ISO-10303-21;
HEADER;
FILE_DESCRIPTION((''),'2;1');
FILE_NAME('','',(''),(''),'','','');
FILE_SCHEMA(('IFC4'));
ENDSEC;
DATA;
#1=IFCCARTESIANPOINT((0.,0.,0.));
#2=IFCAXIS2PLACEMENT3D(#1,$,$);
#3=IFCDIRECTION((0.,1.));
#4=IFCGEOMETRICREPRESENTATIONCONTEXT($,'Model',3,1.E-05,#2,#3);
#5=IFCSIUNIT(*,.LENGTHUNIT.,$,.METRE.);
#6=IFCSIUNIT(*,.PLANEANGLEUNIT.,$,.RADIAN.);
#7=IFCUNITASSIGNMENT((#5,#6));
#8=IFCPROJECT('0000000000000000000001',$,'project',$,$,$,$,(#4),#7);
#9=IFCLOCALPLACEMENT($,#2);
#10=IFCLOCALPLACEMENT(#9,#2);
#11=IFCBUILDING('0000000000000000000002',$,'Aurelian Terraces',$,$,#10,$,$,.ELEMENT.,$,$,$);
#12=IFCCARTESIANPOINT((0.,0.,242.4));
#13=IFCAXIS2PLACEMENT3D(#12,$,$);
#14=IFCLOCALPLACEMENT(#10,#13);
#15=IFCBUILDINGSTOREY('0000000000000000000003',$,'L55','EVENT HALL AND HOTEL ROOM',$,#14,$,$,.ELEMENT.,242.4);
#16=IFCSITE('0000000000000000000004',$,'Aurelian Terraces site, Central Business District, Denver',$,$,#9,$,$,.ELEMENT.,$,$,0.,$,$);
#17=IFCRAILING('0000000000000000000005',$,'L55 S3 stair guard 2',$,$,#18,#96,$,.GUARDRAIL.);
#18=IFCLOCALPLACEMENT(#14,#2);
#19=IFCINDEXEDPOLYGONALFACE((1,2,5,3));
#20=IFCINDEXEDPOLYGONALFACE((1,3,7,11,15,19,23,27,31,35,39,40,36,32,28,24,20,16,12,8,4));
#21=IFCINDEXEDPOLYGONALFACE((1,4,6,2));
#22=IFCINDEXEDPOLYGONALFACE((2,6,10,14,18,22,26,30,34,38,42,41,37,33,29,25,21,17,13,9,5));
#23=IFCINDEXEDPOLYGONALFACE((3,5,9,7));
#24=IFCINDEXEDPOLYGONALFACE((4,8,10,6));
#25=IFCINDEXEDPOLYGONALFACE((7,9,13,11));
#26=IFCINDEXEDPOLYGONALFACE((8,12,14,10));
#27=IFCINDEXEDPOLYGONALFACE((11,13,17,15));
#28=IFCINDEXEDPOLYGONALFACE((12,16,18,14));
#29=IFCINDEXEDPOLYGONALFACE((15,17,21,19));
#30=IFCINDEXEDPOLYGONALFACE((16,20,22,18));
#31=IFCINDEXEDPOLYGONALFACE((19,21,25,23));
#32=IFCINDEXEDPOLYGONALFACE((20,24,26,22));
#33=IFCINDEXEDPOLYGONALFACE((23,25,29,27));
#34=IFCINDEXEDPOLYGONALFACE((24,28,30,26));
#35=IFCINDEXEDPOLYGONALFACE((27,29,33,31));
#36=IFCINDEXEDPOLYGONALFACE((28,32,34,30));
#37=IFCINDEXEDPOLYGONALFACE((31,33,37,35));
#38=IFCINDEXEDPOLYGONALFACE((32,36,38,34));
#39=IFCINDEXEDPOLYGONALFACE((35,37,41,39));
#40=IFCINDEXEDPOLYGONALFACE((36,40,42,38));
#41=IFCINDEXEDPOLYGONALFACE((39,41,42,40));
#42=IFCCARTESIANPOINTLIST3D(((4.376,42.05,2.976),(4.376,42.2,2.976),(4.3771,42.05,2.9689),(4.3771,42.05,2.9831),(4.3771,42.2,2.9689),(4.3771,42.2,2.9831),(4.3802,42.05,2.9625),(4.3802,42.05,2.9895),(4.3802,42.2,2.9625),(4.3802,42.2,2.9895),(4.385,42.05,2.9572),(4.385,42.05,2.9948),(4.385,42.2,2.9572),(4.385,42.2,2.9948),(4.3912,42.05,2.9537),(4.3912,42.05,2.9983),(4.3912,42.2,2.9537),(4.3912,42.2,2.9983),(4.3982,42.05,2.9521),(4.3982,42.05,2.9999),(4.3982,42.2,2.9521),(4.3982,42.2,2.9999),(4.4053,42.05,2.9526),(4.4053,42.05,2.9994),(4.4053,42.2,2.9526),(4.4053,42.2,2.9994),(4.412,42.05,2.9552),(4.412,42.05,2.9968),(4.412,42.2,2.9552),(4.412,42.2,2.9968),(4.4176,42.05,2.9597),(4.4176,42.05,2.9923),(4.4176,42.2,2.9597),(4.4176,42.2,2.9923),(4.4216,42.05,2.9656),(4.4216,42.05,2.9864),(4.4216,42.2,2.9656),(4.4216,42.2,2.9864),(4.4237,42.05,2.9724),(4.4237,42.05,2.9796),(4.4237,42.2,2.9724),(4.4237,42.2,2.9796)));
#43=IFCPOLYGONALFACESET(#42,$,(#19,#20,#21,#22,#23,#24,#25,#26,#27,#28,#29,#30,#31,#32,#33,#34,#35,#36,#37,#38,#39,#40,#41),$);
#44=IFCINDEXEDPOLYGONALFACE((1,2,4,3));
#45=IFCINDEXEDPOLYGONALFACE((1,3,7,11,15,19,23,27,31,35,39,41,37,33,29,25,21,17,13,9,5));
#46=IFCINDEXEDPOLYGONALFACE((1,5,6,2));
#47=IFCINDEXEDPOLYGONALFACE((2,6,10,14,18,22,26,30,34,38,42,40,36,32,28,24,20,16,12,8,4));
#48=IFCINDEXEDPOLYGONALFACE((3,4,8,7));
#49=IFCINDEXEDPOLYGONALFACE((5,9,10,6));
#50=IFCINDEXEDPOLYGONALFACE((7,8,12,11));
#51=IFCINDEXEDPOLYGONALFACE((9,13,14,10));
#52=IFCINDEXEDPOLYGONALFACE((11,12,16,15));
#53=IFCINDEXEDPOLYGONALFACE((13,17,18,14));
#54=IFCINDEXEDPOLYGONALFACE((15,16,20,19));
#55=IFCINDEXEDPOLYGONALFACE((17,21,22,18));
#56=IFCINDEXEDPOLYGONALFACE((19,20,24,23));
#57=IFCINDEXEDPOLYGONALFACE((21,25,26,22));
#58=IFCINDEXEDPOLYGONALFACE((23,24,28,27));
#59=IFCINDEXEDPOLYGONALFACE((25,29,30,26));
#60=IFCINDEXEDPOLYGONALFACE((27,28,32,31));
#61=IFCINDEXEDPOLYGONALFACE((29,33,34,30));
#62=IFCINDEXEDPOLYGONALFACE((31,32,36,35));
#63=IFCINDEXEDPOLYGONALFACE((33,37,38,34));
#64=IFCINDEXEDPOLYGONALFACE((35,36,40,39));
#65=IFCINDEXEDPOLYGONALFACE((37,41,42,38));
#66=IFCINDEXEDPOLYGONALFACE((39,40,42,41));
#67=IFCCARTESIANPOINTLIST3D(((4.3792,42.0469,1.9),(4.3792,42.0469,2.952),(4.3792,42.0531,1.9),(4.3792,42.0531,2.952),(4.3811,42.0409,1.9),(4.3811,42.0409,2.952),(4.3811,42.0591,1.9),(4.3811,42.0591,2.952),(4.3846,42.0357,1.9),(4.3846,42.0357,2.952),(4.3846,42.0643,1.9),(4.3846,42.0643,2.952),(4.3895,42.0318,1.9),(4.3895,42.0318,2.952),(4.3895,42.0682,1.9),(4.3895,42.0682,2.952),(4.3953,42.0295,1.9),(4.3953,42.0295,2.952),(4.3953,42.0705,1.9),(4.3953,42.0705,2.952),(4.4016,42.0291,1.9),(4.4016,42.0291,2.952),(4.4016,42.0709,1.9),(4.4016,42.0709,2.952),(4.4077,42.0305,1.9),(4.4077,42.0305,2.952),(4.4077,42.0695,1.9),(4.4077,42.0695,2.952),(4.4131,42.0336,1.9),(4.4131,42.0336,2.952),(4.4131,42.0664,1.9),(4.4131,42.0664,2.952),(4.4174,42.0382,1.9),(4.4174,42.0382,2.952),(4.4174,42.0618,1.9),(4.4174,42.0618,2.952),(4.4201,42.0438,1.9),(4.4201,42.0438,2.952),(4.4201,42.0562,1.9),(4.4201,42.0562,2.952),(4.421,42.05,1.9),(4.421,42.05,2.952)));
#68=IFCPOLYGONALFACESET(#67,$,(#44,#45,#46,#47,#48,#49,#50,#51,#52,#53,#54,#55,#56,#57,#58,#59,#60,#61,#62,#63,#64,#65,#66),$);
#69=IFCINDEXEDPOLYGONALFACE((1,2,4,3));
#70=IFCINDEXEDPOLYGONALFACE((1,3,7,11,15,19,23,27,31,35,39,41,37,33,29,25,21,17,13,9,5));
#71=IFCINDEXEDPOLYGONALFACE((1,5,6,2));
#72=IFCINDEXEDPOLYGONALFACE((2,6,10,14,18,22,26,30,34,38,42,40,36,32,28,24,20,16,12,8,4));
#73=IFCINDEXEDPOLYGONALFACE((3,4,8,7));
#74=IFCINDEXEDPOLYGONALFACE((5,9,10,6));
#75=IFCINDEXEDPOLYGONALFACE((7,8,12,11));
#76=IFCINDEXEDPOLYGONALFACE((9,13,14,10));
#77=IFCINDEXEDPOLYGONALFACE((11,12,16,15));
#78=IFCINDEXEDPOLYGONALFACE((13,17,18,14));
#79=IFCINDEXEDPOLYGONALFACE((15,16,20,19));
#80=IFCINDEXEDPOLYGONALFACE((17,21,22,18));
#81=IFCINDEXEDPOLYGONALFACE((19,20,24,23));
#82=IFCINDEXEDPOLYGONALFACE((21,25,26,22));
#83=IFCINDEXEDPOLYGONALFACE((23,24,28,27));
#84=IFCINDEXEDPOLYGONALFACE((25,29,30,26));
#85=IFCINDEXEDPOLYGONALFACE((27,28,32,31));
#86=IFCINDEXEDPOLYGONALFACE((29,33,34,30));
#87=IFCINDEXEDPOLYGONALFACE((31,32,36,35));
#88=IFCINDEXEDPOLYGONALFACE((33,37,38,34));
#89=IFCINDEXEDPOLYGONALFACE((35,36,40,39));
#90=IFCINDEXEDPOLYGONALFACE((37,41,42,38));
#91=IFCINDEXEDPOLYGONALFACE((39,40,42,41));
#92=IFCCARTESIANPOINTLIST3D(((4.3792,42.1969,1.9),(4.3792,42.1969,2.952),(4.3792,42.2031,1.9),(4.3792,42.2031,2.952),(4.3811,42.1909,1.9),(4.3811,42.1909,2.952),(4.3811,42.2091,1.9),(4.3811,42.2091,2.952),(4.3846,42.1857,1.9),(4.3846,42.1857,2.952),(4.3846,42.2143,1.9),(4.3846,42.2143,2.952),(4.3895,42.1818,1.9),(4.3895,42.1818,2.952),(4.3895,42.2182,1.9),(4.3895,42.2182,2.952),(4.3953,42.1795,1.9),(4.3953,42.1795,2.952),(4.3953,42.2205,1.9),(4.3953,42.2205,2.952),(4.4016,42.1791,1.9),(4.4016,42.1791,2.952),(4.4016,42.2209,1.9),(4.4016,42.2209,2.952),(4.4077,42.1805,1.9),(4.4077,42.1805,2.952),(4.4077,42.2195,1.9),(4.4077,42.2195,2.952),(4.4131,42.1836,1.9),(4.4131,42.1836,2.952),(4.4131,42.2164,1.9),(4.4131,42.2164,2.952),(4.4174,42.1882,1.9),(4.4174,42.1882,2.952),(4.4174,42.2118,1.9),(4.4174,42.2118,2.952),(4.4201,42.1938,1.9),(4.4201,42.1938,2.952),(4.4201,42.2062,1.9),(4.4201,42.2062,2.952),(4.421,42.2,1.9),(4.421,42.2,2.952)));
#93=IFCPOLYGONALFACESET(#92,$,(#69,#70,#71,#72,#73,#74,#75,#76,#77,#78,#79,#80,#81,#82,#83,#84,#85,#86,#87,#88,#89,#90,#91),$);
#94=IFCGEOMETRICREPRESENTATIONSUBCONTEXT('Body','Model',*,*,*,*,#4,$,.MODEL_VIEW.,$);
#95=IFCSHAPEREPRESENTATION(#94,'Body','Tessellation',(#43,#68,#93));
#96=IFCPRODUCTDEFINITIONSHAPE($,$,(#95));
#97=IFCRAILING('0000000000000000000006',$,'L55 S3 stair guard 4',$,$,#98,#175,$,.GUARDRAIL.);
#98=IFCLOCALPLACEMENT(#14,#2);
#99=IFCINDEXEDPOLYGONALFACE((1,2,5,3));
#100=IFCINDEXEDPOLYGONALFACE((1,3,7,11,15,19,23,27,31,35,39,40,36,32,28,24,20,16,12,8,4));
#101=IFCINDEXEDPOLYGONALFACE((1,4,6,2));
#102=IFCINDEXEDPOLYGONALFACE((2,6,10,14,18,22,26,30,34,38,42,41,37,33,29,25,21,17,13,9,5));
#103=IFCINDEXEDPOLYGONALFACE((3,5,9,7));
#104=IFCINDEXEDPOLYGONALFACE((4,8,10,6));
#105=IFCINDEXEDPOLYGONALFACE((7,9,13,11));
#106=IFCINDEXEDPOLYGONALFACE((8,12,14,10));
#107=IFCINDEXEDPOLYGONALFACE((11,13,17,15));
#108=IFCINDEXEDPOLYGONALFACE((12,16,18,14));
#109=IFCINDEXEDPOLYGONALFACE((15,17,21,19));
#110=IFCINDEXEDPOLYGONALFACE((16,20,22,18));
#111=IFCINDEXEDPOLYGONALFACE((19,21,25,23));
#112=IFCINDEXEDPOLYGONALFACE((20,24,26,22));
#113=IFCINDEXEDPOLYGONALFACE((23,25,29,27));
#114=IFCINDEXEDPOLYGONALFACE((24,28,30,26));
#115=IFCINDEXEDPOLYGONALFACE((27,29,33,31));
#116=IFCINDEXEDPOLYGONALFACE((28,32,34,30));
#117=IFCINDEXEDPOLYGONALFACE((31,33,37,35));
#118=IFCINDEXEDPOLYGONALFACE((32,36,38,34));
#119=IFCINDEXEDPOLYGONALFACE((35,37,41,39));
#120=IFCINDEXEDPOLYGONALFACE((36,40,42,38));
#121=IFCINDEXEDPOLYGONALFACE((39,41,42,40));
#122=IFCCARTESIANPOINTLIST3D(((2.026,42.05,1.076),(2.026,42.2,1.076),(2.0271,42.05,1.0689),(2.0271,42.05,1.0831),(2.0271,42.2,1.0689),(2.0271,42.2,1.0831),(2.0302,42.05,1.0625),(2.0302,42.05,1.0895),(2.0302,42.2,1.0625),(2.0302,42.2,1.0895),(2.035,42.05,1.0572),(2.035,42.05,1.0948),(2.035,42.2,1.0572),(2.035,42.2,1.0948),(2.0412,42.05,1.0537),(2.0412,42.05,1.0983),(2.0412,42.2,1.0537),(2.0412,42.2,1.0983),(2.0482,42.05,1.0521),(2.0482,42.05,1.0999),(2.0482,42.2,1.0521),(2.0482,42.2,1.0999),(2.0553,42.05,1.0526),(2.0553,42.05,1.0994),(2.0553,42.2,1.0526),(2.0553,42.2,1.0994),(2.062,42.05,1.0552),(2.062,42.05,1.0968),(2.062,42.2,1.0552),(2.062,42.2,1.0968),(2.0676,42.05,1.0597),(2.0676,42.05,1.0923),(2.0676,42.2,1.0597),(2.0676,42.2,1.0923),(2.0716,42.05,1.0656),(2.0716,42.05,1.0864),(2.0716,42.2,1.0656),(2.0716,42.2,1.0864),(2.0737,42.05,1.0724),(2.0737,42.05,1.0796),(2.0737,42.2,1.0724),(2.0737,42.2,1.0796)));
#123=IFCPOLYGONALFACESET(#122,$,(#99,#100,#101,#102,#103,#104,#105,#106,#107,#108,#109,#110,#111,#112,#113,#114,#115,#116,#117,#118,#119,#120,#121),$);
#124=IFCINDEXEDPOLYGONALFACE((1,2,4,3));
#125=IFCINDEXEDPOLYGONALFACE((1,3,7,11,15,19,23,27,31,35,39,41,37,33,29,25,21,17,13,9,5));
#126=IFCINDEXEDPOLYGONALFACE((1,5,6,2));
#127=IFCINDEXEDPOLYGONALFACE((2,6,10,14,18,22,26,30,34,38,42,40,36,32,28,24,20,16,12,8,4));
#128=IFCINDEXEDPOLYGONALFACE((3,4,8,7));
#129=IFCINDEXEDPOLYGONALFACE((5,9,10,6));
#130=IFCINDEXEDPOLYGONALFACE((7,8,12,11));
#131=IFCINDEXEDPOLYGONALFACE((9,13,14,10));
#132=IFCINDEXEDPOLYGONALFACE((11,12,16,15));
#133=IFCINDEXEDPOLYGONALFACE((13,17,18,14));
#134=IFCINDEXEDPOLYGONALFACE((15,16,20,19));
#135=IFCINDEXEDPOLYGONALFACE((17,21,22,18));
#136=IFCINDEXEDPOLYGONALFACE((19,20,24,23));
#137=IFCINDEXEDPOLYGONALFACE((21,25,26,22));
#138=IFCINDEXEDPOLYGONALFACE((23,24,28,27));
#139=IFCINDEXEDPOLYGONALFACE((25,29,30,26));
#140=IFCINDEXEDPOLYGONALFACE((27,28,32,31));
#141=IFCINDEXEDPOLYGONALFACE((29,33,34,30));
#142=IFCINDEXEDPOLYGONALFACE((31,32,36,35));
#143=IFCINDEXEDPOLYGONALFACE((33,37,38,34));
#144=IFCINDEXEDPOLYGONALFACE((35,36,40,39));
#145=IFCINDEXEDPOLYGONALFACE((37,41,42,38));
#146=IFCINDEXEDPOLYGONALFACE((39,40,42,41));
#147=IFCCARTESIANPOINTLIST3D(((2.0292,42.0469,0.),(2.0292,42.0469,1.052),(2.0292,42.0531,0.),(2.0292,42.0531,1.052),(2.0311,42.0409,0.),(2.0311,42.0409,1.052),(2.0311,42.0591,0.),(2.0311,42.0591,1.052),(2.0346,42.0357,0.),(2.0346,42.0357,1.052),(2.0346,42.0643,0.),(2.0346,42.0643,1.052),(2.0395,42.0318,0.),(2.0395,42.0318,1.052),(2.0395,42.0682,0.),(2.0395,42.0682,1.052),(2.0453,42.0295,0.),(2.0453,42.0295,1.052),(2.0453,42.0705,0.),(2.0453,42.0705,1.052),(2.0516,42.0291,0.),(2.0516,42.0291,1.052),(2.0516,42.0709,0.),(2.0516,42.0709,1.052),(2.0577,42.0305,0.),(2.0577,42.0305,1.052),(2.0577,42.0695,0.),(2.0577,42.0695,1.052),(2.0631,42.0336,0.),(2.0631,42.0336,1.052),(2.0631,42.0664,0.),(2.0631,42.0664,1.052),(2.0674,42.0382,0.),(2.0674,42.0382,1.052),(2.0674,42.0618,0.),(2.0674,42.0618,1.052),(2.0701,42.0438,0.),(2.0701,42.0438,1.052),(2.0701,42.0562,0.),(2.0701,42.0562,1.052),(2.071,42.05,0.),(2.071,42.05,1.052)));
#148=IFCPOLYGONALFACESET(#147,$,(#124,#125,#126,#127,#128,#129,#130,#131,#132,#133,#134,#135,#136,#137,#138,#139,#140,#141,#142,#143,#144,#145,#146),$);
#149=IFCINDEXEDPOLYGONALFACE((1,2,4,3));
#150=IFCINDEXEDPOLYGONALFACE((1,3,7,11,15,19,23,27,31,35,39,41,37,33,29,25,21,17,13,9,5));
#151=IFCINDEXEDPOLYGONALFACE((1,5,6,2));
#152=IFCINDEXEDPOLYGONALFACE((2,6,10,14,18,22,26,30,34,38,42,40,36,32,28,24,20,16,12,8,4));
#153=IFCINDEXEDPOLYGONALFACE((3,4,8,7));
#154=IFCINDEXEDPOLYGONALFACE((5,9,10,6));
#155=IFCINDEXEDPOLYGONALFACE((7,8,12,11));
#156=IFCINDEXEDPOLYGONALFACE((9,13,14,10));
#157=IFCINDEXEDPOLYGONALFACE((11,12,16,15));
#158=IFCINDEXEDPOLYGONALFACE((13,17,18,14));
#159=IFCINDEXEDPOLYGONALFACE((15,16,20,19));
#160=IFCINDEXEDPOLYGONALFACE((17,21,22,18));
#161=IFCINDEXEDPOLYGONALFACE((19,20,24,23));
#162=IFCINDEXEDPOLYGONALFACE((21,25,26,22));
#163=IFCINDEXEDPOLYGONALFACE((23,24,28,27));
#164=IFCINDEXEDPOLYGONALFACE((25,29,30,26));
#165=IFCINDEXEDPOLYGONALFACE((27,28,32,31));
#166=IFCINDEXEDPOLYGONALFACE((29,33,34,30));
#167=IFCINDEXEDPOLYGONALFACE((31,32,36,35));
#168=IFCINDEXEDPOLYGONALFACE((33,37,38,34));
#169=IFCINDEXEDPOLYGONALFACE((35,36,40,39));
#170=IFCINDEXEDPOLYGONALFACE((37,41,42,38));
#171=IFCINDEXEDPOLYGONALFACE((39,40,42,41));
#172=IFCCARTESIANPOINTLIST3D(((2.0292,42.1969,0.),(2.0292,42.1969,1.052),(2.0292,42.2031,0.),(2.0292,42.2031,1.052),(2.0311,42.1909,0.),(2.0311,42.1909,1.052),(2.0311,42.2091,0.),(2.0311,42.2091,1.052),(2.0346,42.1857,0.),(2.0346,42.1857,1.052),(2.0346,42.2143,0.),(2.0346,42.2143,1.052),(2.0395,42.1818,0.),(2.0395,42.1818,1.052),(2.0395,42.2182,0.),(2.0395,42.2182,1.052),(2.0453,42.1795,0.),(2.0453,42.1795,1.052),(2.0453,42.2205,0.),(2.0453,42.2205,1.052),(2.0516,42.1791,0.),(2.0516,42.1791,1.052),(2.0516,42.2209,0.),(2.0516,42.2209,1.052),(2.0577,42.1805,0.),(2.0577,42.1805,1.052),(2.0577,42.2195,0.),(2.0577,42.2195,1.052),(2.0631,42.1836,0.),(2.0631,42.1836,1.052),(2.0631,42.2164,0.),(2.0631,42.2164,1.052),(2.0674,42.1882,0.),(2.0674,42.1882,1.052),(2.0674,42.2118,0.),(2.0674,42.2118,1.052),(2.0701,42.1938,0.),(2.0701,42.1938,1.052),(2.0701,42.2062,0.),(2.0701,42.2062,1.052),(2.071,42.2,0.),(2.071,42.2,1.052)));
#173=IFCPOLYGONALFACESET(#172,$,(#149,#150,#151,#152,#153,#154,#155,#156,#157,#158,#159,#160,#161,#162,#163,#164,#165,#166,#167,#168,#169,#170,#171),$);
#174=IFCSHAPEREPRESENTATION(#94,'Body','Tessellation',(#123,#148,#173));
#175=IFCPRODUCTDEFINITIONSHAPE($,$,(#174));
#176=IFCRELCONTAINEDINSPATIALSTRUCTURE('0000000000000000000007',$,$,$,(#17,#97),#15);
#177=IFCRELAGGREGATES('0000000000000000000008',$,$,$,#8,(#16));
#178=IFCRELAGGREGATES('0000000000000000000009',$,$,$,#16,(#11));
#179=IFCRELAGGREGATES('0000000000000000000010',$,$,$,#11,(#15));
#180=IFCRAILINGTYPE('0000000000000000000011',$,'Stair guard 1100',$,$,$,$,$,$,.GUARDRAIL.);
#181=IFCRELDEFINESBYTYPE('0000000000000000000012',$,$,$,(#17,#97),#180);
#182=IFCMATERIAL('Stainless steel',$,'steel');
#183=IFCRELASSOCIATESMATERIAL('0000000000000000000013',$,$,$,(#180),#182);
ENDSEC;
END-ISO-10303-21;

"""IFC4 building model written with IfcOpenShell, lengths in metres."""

from ifc_helpers import new_model, si_unit, direction, frame, origin, origin_2d, place, context, subcontext, project, spatial, circle, extrude, source, transform, mapped, material, type_object, element, save


model = new_model("IFC4")

# Units and contexts
model_context = context("Model", 3, precision=1e-05, world=origin(), true_north=direction((0.0, 1.0)))
body_context = subcontext(model_context, "Body", "Model", "MODEL_VIEW")
ifc_project = project(units=[si_unit("LENGTHUNIT", "METRE"), si_unit("PLANEANGLEUNIT", "RADIAN")], contexts=[model_context])

# Site, building, storey
site_placement = place(None, origin())
site = spatial("IfcSite", under=ifc_project, at=site_placement, Name="Aurelian Terraces site, Central Business District, Denver", CompositionType="ELEMENT", RefElevation=0.0)
building_placement = place(site_placement, origin())
building = spatial("IfcBuilding", under=site, at=building_placement, Name="Aurelian Terraces", CompositionType="ELEMENT")
storey_placement = place(building_placement, frame((0.0, 0.0, 242.4)))
storey = spatial("IfcBuildingStorey", under=building, at=storey_placement, Name="L55", Description="EVENT HALL AND HOTEL ROOM", CompositionType="ELEMENT", Elevation=242.4)

# Railings
ifc_material_1 = material(Name="Stainless steel", Category="steel")
railing_type_1 = type_object("IfcRailingType", Name="Stair guard 1100", PredefinedType="GUARDRAIL", material=ifc_material_1)
shared_shape_1 = source(origin(), body_context, "Body", "SweptSolid", [
    extrude(circle(Radius=0.024, at=origin_2d()), frame((0.0, 0.0, 1.076), z_axis=(0.0, 1.0, 0.0), x_axis=(-1.0, 0.0, 0.0)), (0.0, 0.0, 1.0), 0.15),
    extrude(circle(Radius=0.021, at=origin_2d()), origin(), (0.0, 0.0, 1.0), 1.052),
    extrude(circle(Radius=0.021, at=origin_2d()), frame((0.0, 0.15, 0.0)), (0.0, 0.0, 1.0), 1.052),
])
for number, where, name in (
    (1, (4.4, 42.05, 1.9), "L55 S3 stair guard 2"),
    (2, (2.05, 42.05, 0.0), "L55 S3 stair guard 4"),
):
    element("IfcRailing", number, at=place(storey_placement, frame(where)), inside=storey, type_object=railing_type_1, Name=name, PredefinedType="GUARDRAIL", context=body_context, shape_type="MappedRepresentation", body=[
        mapped(shared_shape_1, transform((0.0, 0.0, 0.0), scale=1.0)),
    ])

save(model, "model.ifc")
